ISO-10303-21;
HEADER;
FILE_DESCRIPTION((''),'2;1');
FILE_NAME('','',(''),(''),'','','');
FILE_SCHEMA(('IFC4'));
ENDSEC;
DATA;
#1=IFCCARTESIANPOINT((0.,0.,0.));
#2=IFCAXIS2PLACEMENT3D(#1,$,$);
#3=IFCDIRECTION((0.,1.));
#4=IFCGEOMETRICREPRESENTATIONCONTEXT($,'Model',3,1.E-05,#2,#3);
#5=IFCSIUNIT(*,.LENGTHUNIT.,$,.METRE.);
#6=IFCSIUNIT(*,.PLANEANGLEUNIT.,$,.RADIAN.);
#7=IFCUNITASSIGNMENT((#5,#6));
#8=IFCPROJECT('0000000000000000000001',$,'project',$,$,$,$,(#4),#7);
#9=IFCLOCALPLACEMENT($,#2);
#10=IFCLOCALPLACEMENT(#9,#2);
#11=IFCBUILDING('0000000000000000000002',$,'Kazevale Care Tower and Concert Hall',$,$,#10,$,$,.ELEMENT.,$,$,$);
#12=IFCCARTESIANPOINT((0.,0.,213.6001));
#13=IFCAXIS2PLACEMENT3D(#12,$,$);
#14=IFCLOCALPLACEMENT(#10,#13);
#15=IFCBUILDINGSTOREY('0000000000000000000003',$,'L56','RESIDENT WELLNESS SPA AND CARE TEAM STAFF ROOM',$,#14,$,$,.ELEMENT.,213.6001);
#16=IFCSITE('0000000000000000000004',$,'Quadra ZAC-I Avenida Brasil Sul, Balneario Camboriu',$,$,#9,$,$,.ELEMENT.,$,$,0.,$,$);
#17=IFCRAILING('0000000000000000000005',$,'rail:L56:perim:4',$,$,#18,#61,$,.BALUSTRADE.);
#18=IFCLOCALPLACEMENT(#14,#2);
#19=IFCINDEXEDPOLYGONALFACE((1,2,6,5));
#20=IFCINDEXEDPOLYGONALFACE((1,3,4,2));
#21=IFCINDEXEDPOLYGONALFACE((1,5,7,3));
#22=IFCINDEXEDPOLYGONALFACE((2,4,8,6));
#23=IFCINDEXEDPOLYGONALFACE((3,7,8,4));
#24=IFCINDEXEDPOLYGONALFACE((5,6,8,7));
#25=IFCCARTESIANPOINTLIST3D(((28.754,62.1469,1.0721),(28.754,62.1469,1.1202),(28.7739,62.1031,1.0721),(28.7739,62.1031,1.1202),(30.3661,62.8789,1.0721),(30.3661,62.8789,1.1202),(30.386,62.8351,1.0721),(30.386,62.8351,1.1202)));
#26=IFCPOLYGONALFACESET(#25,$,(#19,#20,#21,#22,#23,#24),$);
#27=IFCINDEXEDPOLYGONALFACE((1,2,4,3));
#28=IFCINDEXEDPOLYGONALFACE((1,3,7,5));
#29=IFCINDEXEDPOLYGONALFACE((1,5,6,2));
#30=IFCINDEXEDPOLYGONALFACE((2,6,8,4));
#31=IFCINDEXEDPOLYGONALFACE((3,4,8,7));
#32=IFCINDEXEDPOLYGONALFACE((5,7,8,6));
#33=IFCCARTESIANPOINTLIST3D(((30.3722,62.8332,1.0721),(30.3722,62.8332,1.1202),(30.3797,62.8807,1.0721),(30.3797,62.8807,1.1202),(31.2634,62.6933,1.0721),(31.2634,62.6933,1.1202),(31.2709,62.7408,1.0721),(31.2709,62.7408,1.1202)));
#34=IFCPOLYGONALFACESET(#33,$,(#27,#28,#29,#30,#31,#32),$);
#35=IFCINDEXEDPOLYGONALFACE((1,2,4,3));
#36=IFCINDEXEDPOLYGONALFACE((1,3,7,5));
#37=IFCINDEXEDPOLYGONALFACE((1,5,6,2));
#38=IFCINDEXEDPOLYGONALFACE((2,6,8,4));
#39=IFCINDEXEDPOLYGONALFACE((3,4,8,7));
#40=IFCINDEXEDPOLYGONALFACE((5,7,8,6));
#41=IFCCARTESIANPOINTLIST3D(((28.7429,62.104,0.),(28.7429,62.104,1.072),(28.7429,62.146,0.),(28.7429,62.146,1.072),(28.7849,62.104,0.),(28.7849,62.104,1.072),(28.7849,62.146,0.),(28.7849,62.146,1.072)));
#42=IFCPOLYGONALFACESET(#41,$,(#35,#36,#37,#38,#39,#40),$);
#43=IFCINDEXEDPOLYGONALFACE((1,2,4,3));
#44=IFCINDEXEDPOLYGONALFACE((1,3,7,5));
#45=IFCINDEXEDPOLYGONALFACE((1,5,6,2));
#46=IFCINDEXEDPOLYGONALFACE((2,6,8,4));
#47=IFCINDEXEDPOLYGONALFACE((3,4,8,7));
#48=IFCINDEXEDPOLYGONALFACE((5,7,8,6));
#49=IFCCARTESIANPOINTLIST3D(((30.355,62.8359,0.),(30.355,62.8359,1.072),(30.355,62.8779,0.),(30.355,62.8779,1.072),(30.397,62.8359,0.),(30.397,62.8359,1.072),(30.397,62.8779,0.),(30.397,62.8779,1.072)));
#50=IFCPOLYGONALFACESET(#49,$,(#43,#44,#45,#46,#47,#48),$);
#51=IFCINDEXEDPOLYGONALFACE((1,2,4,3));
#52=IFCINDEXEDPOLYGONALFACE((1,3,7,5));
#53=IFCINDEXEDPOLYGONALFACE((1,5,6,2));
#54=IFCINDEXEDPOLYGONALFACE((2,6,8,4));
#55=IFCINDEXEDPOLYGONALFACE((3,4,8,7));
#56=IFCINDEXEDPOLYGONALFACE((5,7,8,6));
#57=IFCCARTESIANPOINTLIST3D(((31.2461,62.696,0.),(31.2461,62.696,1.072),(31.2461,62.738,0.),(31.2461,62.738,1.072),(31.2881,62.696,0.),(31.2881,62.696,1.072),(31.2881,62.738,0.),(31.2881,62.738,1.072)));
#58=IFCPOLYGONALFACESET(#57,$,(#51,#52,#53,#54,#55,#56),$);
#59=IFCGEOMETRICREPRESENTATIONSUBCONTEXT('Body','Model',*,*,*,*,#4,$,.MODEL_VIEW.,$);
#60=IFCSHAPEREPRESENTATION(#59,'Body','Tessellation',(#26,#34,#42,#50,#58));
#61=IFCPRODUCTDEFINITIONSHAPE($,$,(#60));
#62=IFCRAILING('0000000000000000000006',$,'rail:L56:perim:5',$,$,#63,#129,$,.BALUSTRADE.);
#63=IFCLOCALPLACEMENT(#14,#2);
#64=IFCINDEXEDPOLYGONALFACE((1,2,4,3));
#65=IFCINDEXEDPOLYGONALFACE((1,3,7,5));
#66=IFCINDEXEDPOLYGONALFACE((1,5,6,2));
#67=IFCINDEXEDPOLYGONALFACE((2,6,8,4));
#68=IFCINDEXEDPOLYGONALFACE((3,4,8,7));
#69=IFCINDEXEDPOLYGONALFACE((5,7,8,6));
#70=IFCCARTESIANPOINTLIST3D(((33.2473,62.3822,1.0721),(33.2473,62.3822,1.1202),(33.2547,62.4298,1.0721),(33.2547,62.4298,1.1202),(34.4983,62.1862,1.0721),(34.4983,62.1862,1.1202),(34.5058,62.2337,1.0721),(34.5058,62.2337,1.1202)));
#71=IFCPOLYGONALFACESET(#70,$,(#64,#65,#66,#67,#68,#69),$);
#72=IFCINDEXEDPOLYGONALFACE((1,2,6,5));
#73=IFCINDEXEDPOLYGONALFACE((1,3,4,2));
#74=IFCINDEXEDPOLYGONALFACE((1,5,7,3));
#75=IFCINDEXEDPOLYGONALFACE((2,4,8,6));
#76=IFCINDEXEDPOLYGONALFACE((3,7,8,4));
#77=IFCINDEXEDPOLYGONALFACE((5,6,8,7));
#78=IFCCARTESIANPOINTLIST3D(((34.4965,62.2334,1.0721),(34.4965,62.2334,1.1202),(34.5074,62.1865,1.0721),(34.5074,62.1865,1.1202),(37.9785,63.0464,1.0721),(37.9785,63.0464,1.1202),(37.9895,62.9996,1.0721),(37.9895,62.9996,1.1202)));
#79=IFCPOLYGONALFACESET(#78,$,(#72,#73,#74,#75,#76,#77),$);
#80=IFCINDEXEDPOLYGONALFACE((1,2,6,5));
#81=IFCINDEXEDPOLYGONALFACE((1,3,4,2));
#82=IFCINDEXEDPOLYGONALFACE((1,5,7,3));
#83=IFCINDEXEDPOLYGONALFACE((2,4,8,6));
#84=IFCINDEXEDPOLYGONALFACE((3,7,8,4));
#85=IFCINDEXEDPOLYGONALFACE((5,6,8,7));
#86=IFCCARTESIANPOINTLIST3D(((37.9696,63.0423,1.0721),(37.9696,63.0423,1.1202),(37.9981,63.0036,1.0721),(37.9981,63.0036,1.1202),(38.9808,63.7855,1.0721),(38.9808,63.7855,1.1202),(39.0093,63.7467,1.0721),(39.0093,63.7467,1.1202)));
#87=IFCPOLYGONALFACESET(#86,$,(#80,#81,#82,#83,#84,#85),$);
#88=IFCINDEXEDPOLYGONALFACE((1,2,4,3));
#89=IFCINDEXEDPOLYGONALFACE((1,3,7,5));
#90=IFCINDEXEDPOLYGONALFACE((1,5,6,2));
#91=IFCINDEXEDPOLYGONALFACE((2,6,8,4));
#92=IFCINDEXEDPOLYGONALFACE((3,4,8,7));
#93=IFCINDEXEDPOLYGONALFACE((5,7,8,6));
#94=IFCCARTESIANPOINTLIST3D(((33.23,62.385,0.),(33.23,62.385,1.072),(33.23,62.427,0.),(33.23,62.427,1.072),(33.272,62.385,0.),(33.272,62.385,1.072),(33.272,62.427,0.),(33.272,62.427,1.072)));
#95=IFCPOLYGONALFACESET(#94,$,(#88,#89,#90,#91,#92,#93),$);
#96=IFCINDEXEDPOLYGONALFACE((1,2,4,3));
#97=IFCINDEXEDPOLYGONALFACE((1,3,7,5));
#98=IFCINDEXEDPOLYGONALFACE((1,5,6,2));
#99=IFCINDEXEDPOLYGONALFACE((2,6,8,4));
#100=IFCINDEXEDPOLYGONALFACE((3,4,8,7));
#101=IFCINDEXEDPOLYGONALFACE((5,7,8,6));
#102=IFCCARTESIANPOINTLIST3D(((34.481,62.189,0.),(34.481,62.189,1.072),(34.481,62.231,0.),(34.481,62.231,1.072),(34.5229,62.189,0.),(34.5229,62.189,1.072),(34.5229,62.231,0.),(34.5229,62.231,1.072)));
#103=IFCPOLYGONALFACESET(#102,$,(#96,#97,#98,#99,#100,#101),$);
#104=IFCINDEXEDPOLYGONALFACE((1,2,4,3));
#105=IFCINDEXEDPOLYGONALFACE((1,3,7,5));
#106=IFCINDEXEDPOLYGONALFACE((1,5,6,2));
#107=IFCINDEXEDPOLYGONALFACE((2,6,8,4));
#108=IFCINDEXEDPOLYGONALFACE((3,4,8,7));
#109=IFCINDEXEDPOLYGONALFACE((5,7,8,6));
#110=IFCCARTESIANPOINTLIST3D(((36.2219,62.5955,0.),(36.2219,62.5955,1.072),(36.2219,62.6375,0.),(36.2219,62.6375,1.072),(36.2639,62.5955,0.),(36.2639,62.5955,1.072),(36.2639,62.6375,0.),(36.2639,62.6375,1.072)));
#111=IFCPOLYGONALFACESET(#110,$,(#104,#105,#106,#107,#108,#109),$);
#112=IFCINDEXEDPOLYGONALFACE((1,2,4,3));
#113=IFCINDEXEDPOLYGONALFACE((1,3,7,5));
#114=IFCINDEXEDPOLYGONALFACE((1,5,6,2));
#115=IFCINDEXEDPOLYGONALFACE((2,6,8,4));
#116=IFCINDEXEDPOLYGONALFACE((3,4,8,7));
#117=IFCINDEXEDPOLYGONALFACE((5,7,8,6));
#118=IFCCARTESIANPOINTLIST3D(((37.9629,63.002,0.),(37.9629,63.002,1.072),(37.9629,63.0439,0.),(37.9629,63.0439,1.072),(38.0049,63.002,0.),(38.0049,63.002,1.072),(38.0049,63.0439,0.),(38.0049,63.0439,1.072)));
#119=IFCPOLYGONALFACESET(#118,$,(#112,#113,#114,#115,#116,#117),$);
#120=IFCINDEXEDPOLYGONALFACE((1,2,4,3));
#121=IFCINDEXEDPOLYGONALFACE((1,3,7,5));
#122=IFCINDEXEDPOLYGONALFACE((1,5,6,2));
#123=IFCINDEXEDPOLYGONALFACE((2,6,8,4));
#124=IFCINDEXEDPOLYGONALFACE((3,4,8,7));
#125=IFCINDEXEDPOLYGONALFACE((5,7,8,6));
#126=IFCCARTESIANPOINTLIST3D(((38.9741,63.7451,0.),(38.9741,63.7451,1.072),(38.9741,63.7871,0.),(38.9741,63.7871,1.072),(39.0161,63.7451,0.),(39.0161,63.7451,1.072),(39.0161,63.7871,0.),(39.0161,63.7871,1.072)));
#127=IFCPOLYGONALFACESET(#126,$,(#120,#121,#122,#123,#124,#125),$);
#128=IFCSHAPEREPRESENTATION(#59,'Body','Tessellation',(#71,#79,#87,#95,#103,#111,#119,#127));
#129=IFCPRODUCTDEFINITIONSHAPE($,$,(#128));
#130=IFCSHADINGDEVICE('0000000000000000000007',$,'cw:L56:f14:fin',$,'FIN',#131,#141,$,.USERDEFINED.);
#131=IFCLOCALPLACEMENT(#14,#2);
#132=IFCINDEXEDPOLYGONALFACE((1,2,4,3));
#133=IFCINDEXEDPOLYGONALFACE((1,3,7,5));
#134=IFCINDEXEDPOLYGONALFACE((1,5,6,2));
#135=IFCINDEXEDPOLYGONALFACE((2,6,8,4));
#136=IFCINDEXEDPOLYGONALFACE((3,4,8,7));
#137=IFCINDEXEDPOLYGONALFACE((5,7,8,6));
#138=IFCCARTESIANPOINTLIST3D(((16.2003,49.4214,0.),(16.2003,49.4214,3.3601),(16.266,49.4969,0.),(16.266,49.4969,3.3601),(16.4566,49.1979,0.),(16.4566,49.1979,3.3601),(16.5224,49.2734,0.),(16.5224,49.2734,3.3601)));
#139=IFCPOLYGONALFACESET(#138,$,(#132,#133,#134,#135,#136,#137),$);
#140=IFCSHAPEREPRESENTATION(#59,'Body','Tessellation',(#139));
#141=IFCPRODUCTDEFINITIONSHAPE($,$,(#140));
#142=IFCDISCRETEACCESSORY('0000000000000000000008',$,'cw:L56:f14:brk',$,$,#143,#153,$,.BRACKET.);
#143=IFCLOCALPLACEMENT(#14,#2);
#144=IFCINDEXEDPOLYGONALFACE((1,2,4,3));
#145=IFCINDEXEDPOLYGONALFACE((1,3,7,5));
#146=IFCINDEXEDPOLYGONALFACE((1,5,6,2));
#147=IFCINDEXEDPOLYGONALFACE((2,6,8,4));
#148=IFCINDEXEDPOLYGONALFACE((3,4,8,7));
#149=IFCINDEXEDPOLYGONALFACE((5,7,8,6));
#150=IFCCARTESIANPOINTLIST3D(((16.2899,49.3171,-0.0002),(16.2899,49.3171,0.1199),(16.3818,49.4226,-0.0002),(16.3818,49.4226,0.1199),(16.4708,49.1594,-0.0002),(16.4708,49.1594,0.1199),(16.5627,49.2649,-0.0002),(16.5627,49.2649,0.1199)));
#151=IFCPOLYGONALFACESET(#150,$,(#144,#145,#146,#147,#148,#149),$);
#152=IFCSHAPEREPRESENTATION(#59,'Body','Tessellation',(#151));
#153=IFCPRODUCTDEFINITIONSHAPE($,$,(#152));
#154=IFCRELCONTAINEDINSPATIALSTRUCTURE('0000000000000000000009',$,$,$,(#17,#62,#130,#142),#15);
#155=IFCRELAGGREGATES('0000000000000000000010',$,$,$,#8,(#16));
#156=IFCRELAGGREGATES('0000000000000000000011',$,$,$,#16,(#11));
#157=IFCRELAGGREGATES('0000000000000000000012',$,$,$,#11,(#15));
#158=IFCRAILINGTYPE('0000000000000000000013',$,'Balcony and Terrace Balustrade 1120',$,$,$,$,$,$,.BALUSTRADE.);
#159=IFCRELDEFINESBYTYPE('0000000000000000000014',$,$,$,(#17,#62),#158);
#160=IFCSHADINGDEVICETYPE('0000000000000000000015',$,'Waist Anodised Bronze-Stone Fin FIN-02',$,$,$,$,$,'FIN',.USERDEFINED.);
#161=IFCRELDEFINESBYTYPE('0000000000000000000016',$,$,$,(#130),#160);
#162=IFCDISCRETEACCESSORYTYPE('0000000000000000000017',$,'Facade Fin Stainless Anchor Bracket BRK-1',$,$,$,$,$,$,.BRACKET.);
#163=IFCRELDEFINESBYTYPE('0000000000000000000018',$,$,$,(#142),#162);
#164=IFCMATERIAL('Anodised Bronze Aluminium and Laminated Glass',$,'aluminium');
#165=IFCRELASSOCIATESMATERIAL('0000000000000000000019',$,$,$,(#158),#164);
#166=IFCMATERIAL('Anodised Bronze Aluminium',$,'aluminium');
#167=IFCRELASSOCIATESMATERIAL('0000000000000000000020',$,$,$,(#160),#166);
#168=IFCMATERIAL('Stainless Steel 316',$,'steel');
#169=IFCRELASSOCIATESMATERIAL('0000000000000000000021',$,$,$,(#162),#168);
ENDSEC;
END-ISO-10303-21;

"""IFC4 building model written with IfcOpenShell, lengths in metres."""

from ifc_helpers import new_model, si_unit, direction, frame, origin, origin_2d, place, context, subcontext, project, spatial, rectangle, extrude, material, type_object, element, save


model = new_model("IFC4")

# Units and contexts
model_context = context("Model", 3, precision=1e-05, world=origin(), true_north=direction((0.0, 1.0)))
body_context = subcontext(model_context, "Body", "Model", "MODEL_VIEW")
ifc_project = project(units=[si_unit("LENGTHUNIT", "METRE"), si_unit("PLANEANGLEUNIT", "RADIAN")], contexts=[model_context])

# Site, building, storey
site_placement = place(None, origin())
site = spatial("IfcSite", under=ifc_project, at=site_placement, Name="Quadra ZAC-I Avenida Brasil Sul, Balneario Camboriu", CompositionType="ELEMENT", RefElevation=0.0)
building_placement = place(site_placement, origin())
building = spatial("IfcBuilding", under=site, at=building_placement, Name="Kazevale Care Tower and Concert Hall", CompositionType="ELEMENT")
storey_placement = place(building_placement, frame((0.0, 0.0, 213.6001)))
storey = spatial("IfcBuildingStorey", under=building, at=storey_placement, Name="L56", Description="RESIDENT WELLNESS SPA AND CARE TEAM STAFF ROOM", CompositionType="ELEMENT", Elevation=213.6001)

# Railings
ifc_material_1 = material(Name="Anodised Bronze Aluminium and Laminated Glass", Category="aluminium")
railing_type = type_object("IfcRailingType", Name="Balcony and Terrace Balustrade 1120", PredefinedType="BALUSTRADE", material=ifc_material_1)
railing_1_placement = place(storey_placement, frame((28.7639, 62.125, 0.0)))
element("IfcRailing", 1, at=railing_1_placement, inside=storey, type_object=railing_type, Name="rail:L56:perim:4", PredefinedType="BALUSTRADE", context=body_context, shape_type="SweptSolid", body=[
    extrude(rectangle(XDim=0.0481, YDim=0.0481, at=origin_2d()), frame((0.0, 0.0, 1.0962), z_axis=(0.910541, 0.413418, 0.0), x_axis=(-0.413418, 0.910541, 0.0)), (0.0, 0.0, 1.0), 1.7705),
    extrude(rectangle(XDim=0.0481, YDim=0.0481, at=origin_2d()), frame((1.6121, 0.7319, 1.0962), z_axis=(0.987901, -0.155087, 0.0), x_axis=(0.155087, 0.987901, 0.0)), (0.0, 0.0, 1.0), 0.9021),
    extrude(rectangle(XDim=0.042, YDim=0.042, at=origin_2d()), origin(), (0.0, 0.0, 1.0), 1.072),
    extrude(rectangle(XDim=0.042, YDim=0.042, at=origin_2d()), frame((1.6121, 0.7319, 0.0)), (0.0, 0.0, 1.0), 1.072),
    extrude(rectangle(XDim=0.042, YDim=0.042, at=origin_2d()), frame((2.5032, 0.592, 0.0)), (0.0, 0.0, 1.0), 1.072),
])
railing_2_placement = place(storey_placement, frame((33.251, 62.406, 0.0)))
element("IfcRailing", 2, at=railing_2_placement, inside=storey, type_object=railing_type, Name="rail:L56:perim:5", PredefinedType="BALUSTRADE", context=body_context, shape_type="SweptSolid", body=[
    extrude(rectangle(XDim=0.0481, YDim=0.0481, at=origin_2d()), frame((0.0, 0.0, 1.0962), z_axis=(0.987942, -0.154824, 0.0), x_axis=(0.154824, 0.987942, 0.0)), (0.0, 0.0, 1.0), 1.2664),
    extrude(rectangle(XDim=0.0481, YDim=0.0481, at=origin_2d()), frame((1.251, -0.196, 1.0962), z_axis=(0.973808, 0.227372, 0.0), x_axis=(-0.227372, 0.973808, 0.0)), (0.0, 0.0, 1.0), 3.5757),
    extrude(rectangle(XDim=0.0481, YDim=0.0481, at=origin_2d()), frame((4.7329, 0.6169, 1.0962), z_axis=(0.805798, 0.59219, 0.0), x_axis=(-0.59219, 0.805798, 0.0)), (0.0, 0.0, 1.0), 1.2549),
    extrude(rectangle(XDim=0.042, YDim=0.042, at=origin_2d()), origin(), (0.0, 0.0, 1.0), 1.072),
    extrude(rectangle(XDim=0.042, YDim=0.042, at=origin_2d()), frame((1.251, -0.196, 0.0)), (0.0, 0.0, 1.0), 1.072),
    extrude(rectangle(XDim=0.042, YDim=0.042, at=origin_2d()), frame((2.9919, 0.2104, 0.0)), (0.0, 0.0, 1.0), 1.072),
    extrude(rectangle(XDim=0.042, YDim=0.042, at=origin_2d()), frame((4.7329, 0.6169, 0.0)), (0.0, 0.0, 1.0), 1.072),
    extrude(rectangle(XDim=0.042, YDim=0.042, at=origin_2d()), frame((5.7441, 1.3601, 0.0)), (0.0, 0.0, 1.0), 1.072),
])

# Shading device
ifc_material_2 = material(Name="Anodised Bronze Aluminium", Category="aluminium")
shading_device_type = type_object("IfcShadingDeviceType", Name="Waist Anodised Bronze-Stone Fin FIN-02", ElementType="FIN", PredefinedType="USERDEFINED", material=ifc_material_2)
shading_device_placement = place(storey_placement, frame((16.3613, 49.3474, 0.0), z_axis=(0.0, 0.0, 1.0), x_axis=(-0.753793, 0.657112, 0.0)))
element("IfcShadingDevice", 3, at=shading_device_placement, inside=storey, type_object=shading_device_type, Name="cw:L56:f14:fin", ObjectType="FIN", PredefinedType="USERDEFINED", context=body_context, shape_type="SweptSolid", body=[
    extrude(rectangle(XDim=0.3401, YDim=0.1001, at=origin_2d()), origin(), (0.0, 0.0, 1.0), 3.3601),
])

# Discrete accessory
ifc_material_3 = material(Name="Stainless Steel 316", Category="steel")
discrete_accessory_type = type_object("IfcDiscreteAccessoryType", Name="Facade Fin Stainless Anchor Bracket BRK-1", PredefinedType="BRACKET", material=ifc_material_3)
discrete_accessory_placement = place(storey_placement, frame((16.4263, 49.291, -0.0002), z_axis=(0.0, 0.0, 1.0), x_axis=(-0.753793, 0.657112, 0.0)))
element("IfcDiscreteAccessory", 4, at=discrete_accessory_placement, inside=storey, type_object=discrete_accessory_type, Name="cw:L56:f14:brk", PredefinedType="BRACKET", context=body_context, shape_type="SweptSolid", body=[
    extrude(rectangle(XDim=0.24, YDim=0.1399, at=origin_2d()), origin(), (0.0, 0.0, 1.0), 0.1201),
])

save(model, "model.ifc")
